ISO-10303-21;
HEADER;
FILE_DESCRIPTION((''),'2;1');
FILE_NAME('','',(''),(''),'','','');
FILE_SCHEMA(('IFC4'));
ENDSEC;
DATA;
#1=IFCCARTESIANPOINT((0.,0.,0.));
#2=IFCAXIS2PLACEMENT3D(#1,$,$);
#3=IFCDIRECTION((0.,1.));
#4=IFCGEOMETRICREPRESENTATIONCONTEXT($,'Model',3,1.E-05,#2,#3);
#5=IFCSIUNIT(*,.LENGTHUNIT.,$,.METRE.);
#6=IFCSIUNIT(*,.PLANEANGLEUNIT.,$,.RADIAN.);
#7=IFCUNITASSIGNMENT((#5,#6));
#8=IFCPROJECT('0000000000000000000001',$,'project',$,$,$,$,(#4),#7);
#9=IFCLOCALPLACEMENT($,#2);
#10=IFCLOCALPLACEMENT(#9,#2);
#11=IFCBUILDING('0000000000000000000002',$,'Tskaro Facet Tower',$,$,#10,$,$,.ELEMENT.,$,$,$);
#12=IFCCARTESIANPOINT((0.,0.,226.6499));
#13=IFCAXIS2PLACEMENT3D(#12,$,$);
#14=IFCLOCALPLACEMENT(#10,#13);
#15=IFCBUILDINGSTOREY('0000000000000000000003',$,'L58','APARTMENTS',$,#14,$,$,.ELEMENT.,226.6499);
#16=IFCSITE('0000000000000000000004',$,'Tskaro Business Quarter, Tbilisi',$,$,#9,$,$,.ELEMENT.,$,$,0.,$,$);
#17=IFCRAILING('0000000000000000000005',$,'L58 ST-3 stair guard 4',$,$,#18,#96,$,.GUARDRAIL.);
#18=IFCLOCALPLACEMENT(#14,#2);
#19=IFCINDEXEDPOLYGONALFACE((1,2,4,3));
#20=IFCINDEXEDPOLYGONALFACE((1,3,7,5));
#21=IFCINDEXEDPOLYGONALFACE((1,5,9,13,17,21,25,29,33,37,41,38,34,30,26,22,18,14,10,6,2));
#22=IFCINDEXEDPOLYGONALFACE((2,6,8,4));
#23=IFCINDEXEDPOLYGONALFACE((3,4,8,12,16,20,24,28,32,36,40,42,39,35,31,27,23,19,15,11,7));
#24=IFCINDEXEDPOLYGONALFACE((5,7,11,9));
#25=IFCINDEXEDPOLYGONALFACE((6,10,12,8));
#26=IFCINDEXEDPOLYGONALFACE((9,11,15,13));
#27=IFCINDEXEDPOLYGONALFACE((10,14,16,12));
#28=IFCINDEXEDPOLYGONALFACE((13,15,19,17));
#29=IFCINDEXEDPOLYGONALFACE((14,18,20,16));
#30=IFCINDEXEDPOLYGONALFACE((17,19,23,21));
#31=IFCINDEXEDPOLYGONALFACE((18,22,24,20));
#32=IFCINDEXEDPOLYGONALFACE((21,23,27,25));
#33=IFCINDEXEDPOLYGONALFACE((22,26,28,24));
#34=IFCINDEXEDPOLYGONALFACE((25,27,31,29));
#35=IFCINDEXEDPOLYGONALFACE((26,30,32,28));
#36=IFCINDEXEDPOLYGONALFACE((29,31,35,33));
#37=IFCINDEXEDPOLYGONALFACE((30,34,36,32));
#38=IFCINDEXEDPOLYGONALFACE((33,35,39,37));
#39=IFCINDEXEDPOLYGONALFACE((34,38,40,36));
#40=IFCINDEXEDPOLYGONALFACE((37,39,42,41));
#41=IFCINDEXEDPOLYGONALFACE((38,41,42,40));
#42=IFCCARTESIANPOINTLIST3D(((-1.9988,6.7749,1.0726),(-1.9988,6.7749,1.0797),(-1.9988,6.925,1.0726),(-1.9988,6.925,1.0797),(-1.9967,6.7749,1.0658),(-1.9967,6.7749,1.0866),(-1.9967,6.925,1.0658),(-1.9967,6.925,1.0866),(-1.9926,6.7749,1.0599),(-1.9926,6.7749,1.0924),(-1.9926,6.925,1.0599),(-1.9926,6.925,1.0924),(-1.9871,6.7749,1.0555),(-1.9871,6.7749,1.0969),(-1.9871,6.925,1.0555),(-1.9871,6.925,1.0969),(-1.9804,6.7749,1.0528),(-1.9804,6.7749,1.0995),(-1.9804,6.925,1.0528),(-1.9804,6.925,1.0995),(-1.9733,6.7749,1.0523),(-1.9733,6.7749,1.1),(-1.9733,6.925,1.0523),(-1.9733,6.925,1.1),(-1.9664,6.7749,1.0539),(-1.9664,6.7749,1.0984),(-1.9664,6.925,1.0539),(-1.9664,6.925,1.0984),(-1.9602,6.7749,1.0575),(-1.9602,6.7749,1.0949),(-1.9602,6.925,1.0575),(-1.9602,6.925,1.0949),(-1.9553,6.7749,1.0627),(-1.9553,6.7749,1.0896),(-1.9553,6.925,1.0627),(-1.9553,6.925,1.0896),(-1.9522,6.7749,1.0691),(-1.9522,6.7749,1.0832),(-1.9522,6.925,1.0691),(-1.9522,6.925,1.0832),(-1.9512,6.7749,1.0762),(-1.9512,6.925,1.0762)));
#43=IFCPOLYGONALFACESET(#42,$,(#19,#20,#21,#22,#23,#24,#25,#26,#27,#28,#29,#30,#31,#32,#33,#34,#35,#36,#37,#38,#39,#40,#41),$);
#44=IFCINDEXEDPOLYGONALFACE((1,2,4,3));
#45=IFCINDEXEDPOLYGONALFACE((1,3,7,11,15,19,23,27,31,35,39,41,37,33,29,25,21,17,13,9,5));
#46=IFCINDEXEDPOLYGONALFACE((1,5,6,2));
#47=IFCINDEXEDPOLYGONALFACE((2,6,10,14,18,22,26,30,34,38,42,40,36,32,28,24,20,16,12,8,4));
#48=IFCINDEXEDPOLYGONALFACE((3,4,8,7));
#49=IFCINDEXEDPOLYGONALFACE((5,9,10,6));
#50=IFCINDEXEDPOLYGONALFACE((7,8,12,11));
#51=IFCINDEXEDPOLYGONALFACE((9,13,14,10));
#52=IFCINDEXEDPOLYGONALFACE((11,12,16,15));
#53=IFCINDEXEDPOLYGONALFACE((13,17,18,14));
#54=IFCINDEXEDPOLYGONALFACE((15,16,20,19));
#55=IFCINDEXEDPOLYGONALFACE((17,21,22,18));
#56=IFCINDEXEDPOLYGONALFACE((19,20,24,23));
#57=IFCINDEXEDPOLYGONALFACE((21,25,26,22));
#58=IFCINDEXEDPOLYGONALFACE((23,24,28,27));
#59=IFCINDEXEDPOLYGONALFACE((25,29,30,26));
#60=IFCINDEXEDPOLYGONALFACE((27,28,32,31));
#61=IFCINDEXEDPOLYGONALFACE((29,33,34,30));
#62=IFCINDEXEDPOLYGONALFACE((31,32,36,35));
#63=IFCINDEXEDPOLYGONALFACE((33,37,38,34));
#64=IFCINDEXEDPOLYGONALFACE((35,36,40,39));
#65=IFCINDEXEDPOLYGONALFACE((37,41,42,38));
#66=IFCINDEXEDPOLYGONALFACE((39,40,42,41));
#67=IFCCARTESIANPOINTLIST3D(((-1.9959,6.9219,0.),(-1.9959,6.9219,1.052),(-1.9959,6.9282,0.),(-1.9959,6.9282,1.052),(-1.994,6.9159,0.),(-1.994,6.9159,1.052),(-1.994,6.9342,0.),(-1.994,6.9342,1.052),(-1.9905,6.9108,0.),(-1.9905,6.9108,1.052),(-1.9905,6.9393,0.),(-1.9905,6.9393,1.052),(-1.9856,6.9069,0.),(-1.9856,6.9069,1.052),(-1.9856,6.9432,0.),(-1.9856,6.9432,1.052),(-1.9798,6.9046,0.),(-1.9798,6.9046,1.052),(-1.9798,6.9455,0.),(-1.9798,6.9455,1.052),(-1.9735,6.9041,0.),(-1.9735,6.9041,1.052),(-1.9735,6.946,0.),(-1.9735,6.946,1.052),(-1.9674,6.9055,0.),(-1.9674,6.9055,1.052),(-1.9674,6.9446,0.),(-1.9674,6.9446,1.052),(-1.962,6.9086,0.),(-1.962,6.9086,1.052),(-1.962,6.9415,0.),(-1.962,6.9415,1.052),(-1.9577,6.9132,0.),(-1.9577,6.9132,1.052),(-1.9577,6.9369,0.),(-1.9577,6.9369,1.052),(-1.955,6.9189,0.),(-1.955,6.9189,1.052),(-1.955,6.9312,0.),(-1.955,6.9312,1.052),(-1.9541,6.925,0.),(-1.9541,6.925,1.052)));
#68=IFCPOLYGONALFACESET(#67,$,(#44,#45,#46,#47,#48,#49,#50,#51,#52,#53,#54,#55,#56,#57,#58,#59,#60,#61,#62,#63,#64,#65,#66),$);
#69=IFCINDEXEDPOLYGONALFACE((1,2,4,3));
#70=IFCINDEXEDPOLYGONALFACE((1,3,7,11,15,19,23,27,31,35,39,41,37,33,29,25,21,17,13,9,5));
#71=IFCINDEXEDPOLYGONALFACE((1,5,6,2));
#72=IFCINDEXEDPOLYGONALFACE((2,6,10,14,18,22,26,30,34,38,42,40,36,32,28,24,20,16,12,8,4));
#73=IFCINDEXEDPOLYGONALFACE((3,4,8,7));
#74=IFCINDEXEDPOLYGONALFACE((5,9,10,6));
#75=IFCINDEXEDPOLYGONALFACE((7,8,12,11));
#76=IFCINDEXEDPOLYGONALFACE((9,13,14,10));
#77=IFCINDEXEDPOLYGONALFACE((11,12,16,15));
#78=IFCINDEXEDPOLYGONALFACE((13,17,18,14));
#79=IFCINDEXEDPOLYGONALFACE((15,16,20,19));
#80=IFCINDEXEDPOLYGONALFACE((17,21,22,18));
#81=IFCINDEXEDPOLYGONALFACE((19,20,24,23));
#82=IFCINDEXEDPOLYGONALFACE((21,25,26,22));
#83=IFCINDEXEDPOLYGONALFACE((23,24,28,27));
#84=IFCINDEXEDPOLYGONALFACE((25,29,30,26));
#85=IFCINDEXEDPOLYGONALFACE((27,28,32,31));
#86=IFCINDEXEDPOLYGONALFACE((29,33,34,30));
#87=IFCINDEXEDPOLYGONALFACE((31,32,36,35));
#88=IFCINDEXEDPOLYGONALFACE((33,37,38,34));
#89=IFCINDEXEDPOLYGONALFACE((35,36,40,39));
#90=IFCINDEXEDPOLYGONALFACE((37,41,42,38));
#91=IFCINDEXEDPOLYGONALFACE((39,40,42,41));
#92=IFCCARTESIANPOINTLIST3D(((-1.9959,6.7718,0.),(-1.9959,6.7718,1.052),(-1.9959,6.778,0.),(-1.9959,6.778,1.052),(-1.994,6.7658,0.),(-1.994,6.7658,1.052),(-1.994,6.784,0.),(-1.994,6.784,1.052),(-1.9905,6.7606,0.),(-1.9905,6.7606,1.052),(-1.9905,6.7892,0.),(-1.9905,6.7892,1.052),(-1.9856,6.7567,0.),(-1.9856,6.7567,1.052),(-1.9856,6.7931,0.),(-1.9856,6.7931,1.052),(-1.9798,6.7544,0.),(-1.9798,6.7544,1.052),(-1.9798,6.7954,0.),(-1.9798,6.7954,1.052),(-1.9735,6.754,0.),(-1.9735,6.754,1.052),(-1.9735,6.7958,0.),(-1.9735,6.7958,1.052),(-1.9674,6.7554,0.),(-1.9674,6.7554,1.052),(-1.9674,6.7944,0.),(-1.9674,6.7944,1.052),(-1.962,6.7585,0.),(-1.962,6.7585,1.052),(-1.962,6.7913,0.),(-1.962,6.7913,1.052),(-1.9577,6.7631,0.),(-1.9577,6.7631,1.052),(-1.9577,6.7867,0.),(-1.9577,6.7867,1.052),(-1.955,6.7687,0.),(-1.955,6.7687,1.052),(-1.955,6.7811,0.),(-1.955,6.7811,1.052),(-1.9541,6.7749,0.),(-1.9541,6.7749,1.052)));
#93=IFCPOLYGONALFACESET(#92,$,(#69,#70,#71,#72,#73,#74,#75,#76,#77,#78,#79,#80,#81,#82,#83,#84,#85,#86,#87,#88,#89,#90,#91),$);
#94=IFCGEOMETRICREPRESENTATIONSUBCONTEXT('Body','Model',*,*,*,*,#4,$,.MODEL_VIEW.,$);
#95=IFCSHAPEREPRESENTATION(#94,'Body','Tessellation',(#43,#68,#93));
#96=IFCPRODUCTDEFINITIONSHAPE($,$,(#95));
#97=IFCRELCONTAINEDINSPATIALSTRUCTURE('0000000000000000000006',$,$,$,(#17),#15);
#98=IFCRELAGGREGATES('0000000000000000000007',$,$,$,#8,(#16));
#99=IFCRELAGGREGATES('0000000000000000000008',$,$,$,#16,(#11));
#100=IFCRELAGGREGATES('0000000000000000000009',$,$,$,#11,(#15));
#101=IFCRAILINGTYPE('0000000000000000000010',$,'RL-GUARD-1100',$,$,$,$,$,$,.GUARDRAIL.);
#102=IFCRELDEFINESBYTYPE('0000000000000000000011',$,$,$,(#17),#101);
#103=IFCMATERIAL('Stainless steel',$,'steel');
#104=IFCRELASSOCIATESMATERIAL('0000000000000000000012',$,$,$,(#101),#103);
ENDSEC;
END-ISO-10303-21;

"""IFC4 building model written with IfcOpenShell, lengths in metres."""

from ifc_helpers import new_model, si_unit, direction, frame, origin, origin_2d, place, context, subcontext, project, spatial, circle, extrude, material, type_object, element, save


model = new_model("IFC4")

# Units and contexts
model_context = context("Model", 3, precision=1e-05, world=origin(), true_north=direction((0.0, 1.0)))
body_context = subcontext(model_context, "Body", "Model", "MODEL_VIEW")
ifc_project = project(units=[si_unit("LENGTHUNIT", "METRE"), si_unit("PLANEANGLEUNIT", "RADIAN")], contexts=[model_context])

# Site, building, storey
site_placement = place(None, origin())
site = spatial("IfcSite", under=ifc_project, at=site_placement, Name="Tskaro Business Quarter, Tbilisi", CompositionType="ELEMENT", RefElevation=0.0)
building_placement = place(site_placement, origin())
building = spatial("IfcBuilding", under=site, at=building_placement, Name="Tskaro Facet Tower", CompositionType="ELEMENT")
storey_placement = place(building_placement, frame((0.0, 0.0, 226.6499)))
storey = spatial("IfcBuildingStorey", under=building, at=storey_placement, Name="L58", Description="APARTMENTS", CompositionType="ELEMENT", Elevation=226.6499)

# Railing
ifc_material_1 = material(Name="Stainless steel", Category="steel")
railing_type_1 = type_object("IfcRailingType", Name="RL-GUARD-1100", PredefinedType="GUARDRAIL", material=ifc_material_1)
railing_1_placement = place(storey_placement, frame((-1.9751, 6.925, 0.0)))
element("IfcRailing", 1, at=railing_1_placement, inside=storey, type_object=railing_type_1, Name="L58 ST-3 stair guard 4", PredefinedType="GUARDRAIL", context=body_context, shape_type="SweptSolid", body=[
    extrude(circle(Radius=0.0239, at=origin_2d()), frame((0.0, 0.0, 1.0762), z_axis=(0.0, -1.0, 0.0), x_axis=(1.0, 0.0, 0.0)), (0.0, 0.0, 1.0), 0.1501),
    extrude(circle(Radius=0.021, at=origin_2d()), origin(), (0.0, 0.0, 1.0), 1.052),
    extrude(circle(Radius=0.021, at=origin_2d()), frame((0.0, -0.1501, 0.0)), (0.0, 0.0, 1.0), 1.052),
])

save(model, "model.ifc")
